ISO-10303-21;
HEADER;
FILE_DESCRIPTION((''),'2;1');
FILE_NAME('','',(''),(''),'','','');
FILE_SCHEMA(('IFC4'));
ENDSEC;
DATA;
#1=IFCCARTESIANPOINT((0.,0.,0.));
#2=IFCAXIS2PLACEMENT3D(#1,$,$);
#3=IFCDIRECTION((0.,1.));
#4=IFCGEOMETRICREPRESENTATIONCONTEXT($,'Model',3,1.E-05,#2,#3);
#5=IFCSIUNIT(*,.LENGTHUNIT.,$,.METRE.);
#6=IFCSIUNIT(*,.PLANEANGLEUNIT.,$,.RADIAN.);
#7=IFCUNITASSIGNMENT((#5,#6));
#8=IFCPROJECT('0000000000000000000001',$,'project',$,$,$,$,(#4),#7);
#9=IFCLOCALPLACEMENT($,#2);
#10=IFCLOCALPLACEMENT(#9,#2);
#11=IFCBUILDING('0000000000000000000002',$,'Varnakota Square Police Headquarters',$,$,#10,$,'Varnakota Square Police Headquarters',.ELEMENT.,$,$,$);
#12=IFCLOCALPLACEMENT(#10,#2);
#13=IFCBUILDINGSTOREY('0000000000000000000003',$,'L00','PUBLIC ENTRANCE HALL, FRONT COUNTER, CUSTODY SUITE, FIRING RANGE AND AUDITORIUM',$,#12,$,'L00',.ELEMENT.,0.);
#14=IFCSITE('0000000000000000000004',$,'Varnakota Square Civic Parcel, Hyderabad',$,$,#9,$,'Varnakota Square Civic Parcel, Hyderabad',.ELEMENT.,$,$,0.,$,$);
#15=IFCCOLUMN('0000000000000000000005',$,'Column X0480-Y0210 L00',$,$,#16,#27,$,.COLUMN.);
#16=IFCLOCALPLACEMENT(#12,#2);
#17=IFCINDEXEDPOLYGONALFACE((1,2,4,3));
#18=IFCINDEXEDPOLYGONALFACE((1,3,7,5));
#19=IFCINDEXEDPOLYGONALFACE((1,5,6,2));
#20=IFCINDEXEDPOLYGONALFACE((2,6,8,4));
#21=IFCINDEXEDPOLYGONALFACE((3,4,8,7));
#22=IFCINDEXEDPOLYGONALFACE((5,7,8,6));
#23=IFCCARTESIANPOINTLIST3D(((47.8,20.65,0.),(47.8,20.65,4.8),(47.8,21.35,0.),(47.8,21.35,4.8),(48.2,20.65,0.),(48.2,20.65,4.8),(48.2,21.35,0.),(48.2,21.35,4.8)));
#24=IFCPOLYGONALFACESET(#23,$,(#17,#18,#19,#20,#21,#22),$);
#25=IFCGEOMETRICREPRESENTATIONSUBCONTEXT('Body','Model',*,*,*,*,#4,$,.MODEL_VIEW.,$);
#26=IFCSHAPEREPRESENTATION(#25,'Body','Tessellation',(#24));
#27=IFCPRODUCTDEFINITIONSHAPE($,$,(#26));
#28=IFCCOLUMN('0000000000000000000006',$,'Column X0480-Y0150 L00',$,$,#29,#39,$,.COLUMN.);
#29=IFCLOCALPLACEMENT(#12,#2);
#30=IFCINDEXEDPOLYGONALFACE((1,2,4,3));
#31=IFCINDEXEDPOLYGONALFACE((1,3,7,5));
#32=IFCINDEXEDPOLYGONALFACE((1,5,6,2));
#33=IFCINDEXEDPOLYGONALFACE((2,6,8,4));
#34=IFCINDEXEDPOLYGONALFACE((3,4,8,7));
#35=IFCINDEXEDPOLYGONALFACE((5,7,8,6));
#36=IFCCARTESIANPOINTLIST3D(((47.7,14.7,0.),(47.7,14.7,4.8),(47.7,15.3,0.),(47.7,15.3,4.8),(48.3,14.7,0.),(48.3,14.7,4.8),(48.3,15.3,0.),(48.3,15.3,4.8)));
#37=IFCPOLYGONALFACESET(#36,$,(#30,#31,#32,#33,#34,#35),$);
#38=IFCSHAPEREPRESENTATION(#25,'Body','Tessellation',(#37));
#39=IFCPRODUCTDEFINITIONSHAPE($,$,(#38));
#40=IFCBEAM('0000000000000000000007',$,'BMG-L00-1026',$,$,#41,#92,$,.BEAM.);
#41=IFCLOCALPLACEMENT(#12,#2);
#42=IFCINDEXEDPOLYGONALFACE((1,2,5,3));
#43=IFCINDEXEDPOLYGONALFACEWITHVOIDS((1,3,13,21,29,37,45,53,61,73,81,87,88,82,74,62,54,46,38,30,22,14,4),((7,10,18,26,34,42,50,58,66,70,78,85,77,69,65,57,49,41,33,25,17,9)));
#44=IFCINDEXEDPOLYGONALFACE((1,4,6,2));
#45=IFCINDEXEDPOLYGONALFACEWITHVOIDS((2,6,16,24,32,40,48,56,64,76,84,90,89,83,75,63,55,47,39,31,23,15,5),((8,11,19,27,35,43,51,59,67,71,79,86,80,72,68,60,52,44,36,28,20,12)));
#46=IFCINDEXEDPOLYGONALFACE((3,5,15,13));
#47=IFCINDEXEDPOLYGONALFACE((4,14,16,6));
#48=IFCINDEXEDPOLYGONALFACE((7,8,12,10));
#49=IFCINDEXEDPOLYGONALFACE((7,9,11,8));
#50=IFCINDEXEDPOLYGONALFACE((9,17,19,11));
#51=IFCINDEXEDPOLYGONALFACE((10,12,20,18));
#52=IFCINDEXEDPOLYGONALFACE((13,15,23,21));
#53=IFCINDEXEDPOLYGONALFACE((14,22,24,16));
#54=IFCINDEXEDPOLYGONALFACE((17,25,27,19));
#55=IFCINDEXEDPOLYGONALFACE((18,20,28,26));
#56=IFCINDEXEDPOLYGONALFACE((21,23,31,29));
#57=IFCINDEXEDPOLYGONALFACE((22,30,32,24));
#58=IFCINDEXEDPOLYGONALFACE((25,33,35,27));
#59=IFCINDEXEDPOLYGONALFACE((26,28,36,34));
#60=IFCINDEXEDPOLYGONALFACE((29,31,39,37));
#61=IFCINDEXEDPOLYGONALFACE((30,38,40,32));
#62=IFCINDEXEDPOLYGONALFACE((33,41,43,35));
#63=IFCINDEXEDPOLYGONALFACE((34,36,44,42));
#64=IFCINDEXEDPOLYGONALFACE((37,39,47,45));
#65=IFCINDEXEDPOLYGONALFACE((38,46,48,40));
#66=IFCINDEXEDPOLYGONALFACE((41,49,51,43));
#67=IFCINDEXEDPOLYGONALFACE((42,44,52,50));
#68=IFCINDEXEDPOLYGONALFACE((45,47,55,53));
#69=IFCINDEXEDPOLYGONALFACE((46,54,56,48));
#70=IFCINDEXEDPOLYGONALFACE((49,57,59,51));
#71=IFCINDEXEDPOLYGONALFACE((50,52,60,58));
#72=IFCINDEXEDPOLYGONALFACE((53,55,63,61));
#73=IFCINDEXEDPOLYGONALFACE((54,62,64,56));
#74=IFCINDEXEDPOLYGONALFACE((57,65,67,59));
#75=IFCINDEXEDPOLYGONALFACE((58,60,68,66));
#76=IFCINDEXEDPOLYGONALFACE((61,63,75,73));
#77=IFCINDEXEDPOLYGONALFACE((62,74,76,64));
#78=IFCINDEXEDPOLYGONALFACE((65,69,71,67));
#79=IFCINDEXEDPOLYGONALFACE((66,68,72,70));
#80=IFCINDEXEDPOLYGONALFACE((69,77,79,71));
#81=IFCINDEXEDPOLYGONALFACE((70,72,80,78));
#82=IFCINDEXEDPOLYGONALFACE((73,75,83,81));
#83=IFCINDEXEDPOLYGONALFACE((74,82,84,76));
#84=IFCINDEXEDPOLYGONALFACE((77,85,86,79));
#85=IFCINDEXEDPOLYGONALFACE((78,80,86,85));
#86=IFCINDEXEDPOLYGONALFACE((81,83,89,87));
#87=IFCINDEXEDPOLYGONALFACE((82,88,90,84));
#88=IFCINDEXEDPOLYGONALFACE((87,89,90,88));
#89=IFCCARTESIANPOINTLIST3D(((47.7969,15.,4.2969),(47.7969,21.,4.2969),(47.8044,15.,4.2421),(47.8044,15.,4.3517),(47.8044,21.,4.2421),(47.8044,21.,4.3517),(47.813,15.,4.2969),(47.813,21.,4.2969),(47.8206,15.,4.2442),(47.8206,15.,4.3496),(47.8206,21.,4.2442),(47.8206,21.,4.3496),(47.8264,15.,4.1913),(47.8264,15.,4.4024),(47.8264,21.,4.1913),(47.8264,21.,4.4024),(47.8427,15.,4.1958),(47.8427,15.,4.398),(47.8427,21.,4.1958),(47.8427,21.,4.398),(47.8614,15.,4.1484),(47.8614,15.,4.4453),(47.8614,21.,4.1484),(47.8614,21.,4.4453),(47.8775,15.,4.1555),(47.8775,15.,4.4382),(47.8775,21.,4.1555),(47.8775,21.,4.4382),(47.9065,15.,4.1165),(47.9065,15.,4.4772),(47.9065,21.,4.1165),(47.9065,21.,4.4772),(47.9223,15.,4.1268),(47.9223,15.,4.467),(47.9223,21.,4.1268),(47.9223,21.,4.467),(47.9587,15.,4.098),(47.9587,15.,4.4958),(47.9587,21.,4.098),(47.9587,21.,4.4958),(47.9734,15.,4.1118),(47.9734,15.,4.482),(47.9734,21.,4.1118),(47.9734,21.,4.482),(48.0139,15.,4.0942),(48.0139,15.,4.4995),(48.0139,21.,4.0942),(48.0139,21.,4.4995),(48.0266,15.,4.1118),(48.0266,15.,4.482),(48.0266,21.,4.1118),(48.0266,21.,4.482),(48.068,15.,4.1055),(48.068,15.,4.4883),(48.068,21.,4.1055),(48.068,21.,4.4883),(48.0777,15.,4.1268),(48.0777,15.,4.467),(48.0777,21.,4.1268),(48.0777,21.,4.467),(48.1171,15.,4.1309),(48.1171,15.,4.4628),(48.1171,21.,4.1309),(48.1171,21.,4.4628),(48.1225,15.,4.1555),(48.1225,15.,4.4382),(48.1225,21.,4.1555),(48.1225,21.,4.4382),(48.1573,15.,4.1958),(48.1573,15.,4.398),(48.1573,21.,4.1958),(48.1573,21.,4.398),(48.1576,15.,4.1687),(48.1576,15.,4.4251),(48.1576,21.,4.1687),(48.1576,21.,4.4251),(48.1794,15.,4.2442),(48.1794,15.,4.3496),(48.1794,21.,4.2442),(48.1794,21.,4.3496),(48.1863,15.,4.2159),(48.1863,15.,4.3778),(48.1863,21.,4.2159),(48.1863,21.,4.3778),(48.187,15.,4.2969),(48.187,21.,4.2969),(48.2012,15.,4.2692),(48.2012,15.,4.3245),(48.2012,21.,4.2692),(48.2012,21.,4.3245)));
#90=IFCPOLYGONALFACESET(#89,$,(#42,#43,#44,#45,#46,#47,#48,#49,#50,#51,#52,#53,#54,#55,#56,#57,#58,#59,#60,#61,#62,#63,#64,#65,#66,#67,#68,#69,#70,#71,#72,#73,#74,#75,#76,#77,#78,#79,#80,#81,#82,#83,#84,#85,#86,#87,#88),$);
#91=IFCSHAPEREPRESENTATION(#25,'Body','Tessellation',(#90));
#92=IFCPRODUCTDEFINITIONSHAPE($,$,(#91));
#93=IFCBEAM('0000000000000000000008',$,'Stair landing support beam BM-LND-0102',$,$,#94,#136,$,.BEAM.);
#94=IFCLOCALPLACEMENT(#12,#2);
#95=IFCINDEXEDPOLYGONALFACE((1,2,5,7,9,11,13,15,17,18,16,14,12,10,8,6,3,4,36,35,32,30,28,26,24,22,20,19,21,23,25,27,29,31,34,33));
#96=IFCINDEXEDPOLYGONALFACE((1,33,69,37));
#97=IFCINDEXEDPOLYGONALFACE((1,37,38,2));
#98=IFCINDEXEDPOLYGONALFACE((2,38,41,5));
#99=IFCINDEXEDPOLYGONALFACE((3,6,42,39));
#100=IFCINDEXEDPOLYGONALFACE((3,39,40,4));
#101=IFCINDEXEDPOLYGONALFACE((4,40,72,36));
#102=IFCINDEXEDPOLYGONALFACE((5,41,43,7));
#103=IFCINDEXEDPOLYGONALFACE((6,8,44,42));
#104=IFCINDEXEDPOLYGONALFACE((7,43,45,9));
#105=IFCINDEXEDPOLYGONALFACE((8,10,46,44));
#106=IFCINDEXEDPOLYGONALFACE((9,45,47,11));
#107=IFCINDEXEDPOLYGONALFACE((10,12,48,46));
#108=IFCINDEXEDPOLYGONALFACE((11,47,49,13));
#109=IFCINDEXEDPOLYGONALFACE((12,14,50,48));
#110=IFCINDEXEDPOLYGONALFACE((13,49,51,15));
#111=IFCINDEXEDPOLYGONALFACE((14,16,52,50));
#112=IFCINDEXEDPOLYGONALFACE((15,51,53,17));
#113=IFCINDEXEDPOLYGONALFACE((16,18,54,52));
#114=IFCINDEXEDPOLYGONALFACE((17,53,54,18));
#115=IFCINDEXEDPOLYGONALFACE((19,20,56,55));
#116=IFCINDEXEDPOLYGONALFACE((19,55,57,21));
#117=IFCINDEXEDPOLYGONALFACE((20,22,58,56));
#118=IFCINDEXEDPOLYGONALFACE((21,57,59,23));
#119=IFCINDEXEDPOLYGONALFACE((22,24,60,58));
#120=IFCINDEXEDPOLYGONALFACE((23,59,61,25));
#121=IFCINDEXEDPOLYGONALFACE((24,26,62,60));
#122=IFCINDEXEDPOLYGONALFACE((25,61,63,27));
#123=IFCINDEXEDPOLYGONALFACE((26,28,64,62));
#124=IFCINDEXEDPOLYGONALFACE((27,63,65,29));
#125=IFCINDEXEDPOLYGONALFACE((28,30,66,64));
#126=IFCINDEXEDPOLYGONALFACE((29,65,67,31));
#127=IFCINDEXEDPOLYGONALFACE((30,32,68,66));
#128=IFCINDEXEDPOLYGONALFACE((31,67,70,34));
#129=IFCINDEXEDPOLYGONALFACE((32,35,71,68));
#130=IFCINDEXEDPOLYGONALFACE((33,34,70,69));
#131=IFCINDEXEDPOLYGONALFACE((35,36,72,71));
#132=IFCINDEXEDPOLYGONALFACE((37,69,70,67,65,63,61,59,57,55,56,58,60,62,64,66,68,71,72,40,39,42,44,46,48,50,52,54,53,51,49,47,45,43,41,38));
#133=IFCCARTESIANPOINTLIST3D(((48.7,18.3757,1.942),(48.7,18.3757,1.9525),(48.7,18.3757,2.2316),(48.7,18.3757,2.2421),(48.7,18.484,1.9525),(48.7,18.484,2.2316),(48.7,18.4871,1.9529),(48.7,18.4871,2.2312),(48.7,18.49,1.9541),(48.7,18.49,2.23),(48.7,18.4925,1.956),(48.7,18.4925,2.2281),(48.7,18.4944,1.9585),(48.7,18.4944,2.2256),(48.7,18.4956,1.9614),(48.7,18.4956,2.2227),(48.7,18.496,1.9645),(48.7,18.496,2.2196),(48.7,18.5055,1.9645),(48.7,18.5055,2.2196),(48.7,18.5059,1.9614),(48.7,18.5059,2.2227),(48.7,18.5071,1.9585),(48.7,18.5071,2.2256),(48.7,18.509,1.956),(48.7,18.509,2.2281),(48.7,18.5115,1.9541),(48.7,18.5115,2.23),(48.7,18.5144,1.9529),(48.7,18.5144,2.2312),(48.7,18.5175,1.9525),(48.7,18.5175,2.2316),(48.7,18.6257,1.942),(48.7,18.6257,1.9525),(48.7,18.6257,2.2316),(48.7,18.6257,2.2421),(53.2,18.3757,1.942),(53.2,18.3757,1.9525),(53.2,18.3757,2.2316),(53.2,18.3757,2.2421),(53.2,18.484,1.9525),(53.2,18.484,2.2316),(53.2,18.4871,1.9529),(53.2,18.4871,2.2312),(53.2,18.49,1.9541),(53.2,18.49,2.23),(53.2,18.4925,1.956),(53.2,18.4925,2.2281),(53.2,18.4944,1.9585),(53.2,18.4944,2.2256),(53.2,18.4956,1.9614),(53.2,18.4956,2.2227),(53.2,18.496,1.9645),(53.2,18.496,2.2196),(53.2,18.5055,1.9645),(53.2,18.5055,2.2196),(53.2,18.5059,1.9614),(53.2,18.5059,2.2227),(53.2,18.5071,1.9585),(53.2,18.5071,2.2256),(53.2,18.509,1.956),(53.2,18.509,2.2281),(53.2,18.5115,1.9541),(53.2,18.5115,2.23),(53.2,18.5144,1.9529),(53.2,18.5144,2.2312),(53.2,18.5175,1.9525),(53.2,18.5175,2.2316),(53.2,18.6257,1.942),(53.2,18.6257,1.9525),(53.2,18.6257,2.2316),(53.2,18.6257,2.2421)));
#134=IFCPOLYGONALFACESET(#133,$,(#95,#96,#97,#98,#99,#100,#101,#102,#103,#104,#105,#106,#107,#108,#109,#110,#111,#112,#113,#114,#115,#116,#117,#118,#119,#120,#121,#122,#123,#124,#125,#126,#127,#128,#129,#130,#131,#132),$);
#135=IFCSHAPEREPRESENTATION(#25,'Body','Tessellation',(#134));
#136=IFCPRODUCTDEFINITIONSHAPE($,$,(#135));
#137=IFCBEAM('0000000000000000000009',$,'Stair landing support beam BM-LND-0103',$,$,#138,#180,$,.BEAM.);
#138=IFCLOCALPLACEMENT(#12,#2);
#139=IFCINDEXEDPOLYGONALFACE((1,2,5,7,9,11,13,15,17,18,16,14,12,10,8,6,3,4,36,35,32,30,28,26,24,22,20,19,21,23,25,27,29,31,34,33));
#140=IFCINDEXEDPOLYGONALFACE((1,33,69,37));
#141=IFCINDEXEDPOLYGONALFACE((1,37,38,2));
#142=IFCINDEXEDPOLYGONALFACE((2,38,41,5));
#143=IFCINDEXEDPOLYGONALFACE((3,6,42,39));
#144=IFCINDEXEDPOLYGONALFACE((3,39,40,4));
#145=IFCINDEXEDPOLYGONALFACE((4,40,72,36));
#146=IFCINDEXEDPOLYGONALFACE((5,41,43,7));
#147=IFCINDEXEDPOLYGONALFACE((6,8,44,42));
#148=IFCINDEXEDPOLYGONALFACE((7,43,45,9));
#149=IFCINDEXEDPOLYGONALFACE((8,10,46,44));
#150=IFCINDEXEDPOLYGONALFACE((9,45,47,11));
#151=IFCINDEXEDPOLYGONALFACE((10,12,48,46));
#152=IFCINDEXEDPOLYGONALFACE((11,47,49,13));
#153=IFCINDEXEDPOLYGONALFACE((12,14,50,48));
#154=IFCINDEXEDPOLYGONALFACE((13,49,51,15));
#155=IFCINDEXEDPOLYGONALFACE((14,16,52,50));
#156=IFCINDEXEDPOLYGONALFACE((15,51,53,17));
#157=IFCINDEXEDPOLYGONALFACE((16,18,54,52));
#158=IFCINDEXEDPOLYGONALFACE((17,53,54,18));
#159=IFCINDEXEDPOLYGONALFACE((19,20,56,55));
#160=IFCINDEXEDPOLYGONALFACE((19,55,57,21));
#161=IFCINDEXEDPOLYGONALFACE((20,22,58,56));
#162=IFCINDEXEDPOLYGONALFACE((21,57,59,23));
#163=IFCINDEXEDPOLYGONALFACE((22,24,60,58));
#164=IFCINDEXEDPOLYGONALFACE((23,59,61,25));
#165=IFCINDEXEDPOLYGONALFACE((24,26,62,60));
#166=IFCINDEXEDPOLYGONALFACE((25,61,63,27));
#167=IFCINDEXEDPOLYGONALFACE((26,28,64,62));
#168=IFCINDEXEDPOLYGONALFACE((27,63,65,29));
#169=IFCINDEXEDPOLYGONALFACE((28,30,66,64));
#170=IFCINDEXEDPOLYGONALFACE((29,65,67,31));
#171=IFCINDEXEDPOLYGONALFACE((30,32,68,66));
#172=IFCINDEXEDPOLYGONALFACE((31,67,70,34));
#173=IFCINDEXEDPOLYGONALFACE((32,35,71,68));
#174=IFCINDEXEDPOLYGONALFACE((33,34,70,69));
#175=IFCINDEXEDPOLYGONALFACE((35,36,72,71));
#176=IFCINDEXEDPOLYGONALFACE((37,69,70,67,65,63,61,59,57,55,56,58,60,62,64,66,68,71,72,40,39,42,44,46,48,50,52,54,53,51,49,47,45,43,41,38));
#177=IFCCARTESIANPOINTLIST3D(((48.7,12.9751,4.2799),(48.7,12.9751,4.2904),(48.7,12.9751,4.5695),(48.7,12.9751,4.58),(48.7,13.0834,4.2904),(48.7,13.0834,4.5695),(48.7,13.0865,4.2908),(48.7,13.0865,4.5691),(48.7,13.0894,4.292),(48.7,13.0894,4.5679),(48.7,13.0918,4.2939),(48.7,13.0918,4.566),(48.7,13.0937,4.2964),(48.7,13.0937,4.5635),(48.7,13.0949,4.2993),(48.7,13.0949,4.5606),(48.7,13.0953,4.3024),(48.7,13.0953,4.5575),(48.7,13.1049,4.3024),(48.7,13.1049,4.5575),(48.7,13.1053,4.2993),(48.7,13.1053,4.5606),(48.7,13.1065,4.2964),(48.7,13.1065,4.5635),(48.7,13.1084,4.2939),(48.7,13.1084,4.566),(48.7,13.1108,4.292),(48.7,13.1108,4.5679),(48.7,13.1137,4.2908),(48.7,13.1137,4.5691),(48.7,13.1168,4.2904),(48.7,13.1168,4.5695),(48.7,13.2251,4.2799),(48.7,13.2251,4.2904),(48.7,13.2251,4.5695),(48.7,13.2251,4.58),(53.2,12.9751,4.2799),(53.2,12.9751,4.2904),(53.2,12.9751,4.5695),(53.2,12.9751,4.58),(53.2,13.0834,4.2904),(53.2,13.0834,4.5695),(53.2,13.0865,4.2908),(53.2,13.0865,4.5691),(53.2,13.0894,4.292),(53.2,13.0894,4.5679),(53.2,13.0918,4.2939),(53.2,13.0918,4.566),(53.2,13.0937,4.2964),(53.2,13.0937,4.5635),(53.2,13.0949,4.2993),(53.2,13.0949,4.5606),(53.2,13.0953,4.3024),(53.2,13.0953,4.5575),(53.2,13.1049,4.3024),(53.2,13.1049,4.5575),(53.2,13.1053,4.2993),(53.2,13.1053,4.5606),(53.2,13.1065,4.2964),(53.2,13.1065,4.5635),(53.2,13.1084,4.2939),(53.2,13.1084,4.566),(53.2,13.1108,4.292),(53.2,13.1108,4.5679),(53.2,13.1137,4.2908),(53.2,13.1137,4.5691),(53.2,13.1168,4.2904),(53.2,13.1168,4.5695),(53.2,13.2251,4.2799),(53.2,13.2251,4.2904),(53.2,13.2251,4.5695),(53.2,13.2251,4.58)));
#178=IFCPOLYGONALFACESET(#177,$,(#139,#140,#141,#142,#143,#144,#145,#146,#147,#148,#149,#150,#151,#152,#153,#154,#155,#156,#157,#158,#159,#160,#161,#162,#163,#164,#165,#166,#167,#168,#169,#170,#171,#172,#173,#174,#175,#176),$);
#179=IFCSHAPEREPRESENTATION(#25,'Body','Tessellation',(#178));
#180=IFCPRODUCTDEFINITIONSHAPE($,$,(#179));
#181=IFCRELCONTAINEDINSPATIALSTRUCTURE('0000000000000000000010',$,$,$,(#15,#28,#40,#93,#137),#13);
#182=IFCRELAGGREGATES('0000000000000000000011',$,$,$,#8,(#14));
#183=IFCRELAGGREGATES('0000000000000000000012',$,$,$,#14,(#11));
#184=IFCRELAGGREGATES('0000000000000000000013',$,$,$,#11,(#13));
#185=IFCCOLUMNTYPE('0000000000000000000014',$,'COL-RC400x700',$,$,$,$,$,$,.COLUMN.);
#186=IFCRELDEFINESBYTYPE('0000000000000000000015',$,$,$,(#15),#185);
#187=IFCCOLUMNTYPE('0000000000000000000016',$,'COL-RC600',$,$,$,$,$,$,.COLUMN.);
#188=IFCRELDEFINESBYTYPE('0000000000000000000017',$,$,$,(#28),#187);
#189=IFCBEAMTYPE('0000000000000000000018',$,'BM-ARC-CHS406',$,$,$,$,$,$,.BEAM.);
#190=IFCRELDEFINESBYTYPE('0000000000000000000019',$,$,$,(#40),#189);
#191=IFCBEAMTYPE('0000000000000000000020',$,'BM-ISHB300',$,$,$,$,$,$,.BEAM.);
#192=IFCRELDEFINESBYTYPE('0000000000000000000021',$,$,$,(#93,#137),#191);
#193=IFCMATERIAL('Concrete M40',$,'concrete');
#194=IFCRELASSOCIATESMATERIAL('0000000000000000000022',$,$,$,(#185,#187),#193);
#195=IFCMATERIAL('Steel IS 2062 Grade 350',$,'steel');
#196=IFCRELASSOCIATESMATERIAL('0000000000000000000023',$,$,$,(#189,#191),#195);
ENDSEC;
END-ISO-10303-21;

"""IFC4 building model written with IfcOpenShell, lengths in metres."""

from ifc_helpers import new_model, si_unit, direction, frame, origin, origin_2d, place, context, subcontext, project, spatial, rectangle, hollow_circle, i_section, extrude, material, material_profile, profile_set, type_object, element, save


model = new_model("IFC4")

# Units and contexts
model_context = context("Model", 3, precision=1e-05, world=origin(), true_north=direction((0.0, 1.0)))
body_context = subcontext(model_context, "Body", "Model", "MODEL_VIEW")
ifc_project = project(units=[si_unit("LENGTHUNIT", "METRE"), si_unit("PLANEANGLEUNIT", "RADIAN")], contexts=[model_context])

# Site, building, storey
site_placement = place(None, origin())
site = spatial("IfcSite", under=ifc_project, at=site_placement, Name="Varnakota Square Civic Parcel, Hyderabad", LongName="Varnakota Square Civic Parcel, Hyderabad", CompositionType="ELEMENT", RefElevation=0.0)
building_placement = place(site_placement, origin())
building = spatial("IfcBuilding", under=site, at=building_placement, Name="Varnakota Square Police Headquarters", LongName="Varnakota Square Police Headquarters", CompositionType="ELEMENT")
storey_placement = place(building_placement, origin())
storey = spatial("IfcBuildingStorey", under=building, at=storey_placement, Name="L00", Description="PUBLIC ENTRANCE HALL, FRONT COUNTER, CUSTODY SUITE, FIRING RANGE AND AUDITORIUM", LongName="L00", CompositionType="ELEMENT", Elevation=0.0)

# Columns
ifc_material_1 = material(Name="Concrete M40", Category="concrete")
ifc_material_profile_1 = material_profile(ifc_material_1, rectangle(XDim=0.3999, YDim=0.7, at=origin_2d()), Name="RC 400x700")
ifc_profile_set_1 = profile_set([ifc_material_profile_1], Name="Concrete M40")
column_type_1 = type_object("IfcColumnType", Name="COL-RC400x700", PredefinedType="COLUMN", material=ifc_profile_set_1)
column_1_placement = place(storey_placement, frame((48.0, 21.0, 0.0), z_axis=(0.0, 0.0, 1.0), x_axis=(1.0, 0.0, 0.0)))
element("IfcColumn", 1, at=column_1_placement, inside=storey, type_object=column_type_1, Name="Column X0480-Y0210 L00", PredefinedType="COLUMN", context=body_context, shape_type="SweptSolid", body=[
    extrude(rectangle(XDim=0.3999, YDim=0.7, at=origin_2d()), origin(), (0.0, 0.0, 1.0), 4.8),
])
ifc_material_profile_2 = material_profile(ifc_material_1, rectangle(XDim=0.6001, YDim=0.6001, at=origin_2d()), Name="RC 600x600")
ifc_profile_set_2 = profile_set([ifc_material_profile_2], Name="Concrete M40")
column_type_2 = type_object("IfcColumnType", Name="COL-RC600", PredefinedType="COLUMN", material=ifc_profile_set_2)
column_2_placement = place(storey_placement, frame((48.0, 15.0, 0.0), z_axis=(0.0, 0.0, 1.0), x_axis=(1.0, 0.0, 0.0)))
element("IfcColumn", 2, at=column_2_placement, inside=storey, type_object=column_type_2, Name="Column X0480-Y0150 L00", PredefinedType="COLUMN", context=body_context, shape_type="SweptSolid", body=[
    extrude(rectangle(XDim=0.6001, YDim=0.6001, at=origin_2d()), origin(), (0.0, 0.0, 1.0), 4.8),
])

# Beams
ifc_material_2 = material(Name="Steel IS 2062 Grade 350", Category="steel")
ifc_material_profile_3 = material_profile(ifc_material_2, hollow_circle(Radius=0.2031, WallThickness=0.0161, at=origin_2d()), Name="CHS 406.4x16.0")
ifc_profile_set_3 = profile_set([ifc_material_profile_3], Name="Steel IS 2062 Grade 350")
beam_type_1 = type_object("IfcBeamType", Name="BM-ARC-CHS406", PredefinedType="BEAM", material=ifc_profile_set_3)
beam_1_placement = place(storey_placement, frame((48.0, 15.0, 4.2969), z_axis=(0.0, 1.0, 0.0), x_axis=(-1.0, 0.0, 0.0)))
element("IfcBeam", 3, at=beam_1_placement, inside=storey, type_object=beam_type_1, Name="BMG-L00-1026", PredefinedType="BEAM", context=body_context, shape_type="SweptSolid", body=[
    extrude(hollow_circle(Radius=0.2031, WallThickness=0.0161, at=origin_2d()), origin(), (0.0, 0.0, 1.0), 6.0),
])
ifc_material_profile_4 = material_profile(ifc_material_2, i_section(OverallWidth=0.25, OverallDepth=0.3, WebThickness=0.0095, FlangeThickness=0.0105, FilletRadius=0.012, at=origin_2d()), Name="ISHB 300")
ifc_profile_set_4 = profile_set([ifc_material_profile_4], Name="Steel IS 2062 Grade 350")
beam_type_2 = type_object("IfcBeamType", Name="BM-ISHB300", PredefinedType="BEAM", material=ifc_profile_set_4)
for number, where, z_axis, x_axis, name in (
    (4, (48.7, 18.5007, 2.092), (1.0, 0.0, 0.0), (0.0, 1.0, 0.0), "Stair landing support beam BM-LND-0102"),
    (5, (48.7, 13.1001, 4.4299), (1.0, 0.0, 0.0), (0.0, 1.0, 0.0), "Stair landing support beam BM-LND-0103"),
):
    element("IfcBeam", number, at=place(storey_placement, frame(where, z_axis=z_axis, x_axis=x_axis)), inside=storey, type_object=beam_type_2, Name=name, PredefinedType="BEAM", context=body_context, shape_type="SweptSolid", body=[
        extrude(i_section(OverallWidth=0.25, OverallDepth=0.3, WebThickness=0.0095, FlangeThickness=0.0105, FilletRadius=0.012, at=origin_2d()), origin(), (0.0, 0.0, 1.0), 4.5),
    ])

save(model, "model.ifc")
